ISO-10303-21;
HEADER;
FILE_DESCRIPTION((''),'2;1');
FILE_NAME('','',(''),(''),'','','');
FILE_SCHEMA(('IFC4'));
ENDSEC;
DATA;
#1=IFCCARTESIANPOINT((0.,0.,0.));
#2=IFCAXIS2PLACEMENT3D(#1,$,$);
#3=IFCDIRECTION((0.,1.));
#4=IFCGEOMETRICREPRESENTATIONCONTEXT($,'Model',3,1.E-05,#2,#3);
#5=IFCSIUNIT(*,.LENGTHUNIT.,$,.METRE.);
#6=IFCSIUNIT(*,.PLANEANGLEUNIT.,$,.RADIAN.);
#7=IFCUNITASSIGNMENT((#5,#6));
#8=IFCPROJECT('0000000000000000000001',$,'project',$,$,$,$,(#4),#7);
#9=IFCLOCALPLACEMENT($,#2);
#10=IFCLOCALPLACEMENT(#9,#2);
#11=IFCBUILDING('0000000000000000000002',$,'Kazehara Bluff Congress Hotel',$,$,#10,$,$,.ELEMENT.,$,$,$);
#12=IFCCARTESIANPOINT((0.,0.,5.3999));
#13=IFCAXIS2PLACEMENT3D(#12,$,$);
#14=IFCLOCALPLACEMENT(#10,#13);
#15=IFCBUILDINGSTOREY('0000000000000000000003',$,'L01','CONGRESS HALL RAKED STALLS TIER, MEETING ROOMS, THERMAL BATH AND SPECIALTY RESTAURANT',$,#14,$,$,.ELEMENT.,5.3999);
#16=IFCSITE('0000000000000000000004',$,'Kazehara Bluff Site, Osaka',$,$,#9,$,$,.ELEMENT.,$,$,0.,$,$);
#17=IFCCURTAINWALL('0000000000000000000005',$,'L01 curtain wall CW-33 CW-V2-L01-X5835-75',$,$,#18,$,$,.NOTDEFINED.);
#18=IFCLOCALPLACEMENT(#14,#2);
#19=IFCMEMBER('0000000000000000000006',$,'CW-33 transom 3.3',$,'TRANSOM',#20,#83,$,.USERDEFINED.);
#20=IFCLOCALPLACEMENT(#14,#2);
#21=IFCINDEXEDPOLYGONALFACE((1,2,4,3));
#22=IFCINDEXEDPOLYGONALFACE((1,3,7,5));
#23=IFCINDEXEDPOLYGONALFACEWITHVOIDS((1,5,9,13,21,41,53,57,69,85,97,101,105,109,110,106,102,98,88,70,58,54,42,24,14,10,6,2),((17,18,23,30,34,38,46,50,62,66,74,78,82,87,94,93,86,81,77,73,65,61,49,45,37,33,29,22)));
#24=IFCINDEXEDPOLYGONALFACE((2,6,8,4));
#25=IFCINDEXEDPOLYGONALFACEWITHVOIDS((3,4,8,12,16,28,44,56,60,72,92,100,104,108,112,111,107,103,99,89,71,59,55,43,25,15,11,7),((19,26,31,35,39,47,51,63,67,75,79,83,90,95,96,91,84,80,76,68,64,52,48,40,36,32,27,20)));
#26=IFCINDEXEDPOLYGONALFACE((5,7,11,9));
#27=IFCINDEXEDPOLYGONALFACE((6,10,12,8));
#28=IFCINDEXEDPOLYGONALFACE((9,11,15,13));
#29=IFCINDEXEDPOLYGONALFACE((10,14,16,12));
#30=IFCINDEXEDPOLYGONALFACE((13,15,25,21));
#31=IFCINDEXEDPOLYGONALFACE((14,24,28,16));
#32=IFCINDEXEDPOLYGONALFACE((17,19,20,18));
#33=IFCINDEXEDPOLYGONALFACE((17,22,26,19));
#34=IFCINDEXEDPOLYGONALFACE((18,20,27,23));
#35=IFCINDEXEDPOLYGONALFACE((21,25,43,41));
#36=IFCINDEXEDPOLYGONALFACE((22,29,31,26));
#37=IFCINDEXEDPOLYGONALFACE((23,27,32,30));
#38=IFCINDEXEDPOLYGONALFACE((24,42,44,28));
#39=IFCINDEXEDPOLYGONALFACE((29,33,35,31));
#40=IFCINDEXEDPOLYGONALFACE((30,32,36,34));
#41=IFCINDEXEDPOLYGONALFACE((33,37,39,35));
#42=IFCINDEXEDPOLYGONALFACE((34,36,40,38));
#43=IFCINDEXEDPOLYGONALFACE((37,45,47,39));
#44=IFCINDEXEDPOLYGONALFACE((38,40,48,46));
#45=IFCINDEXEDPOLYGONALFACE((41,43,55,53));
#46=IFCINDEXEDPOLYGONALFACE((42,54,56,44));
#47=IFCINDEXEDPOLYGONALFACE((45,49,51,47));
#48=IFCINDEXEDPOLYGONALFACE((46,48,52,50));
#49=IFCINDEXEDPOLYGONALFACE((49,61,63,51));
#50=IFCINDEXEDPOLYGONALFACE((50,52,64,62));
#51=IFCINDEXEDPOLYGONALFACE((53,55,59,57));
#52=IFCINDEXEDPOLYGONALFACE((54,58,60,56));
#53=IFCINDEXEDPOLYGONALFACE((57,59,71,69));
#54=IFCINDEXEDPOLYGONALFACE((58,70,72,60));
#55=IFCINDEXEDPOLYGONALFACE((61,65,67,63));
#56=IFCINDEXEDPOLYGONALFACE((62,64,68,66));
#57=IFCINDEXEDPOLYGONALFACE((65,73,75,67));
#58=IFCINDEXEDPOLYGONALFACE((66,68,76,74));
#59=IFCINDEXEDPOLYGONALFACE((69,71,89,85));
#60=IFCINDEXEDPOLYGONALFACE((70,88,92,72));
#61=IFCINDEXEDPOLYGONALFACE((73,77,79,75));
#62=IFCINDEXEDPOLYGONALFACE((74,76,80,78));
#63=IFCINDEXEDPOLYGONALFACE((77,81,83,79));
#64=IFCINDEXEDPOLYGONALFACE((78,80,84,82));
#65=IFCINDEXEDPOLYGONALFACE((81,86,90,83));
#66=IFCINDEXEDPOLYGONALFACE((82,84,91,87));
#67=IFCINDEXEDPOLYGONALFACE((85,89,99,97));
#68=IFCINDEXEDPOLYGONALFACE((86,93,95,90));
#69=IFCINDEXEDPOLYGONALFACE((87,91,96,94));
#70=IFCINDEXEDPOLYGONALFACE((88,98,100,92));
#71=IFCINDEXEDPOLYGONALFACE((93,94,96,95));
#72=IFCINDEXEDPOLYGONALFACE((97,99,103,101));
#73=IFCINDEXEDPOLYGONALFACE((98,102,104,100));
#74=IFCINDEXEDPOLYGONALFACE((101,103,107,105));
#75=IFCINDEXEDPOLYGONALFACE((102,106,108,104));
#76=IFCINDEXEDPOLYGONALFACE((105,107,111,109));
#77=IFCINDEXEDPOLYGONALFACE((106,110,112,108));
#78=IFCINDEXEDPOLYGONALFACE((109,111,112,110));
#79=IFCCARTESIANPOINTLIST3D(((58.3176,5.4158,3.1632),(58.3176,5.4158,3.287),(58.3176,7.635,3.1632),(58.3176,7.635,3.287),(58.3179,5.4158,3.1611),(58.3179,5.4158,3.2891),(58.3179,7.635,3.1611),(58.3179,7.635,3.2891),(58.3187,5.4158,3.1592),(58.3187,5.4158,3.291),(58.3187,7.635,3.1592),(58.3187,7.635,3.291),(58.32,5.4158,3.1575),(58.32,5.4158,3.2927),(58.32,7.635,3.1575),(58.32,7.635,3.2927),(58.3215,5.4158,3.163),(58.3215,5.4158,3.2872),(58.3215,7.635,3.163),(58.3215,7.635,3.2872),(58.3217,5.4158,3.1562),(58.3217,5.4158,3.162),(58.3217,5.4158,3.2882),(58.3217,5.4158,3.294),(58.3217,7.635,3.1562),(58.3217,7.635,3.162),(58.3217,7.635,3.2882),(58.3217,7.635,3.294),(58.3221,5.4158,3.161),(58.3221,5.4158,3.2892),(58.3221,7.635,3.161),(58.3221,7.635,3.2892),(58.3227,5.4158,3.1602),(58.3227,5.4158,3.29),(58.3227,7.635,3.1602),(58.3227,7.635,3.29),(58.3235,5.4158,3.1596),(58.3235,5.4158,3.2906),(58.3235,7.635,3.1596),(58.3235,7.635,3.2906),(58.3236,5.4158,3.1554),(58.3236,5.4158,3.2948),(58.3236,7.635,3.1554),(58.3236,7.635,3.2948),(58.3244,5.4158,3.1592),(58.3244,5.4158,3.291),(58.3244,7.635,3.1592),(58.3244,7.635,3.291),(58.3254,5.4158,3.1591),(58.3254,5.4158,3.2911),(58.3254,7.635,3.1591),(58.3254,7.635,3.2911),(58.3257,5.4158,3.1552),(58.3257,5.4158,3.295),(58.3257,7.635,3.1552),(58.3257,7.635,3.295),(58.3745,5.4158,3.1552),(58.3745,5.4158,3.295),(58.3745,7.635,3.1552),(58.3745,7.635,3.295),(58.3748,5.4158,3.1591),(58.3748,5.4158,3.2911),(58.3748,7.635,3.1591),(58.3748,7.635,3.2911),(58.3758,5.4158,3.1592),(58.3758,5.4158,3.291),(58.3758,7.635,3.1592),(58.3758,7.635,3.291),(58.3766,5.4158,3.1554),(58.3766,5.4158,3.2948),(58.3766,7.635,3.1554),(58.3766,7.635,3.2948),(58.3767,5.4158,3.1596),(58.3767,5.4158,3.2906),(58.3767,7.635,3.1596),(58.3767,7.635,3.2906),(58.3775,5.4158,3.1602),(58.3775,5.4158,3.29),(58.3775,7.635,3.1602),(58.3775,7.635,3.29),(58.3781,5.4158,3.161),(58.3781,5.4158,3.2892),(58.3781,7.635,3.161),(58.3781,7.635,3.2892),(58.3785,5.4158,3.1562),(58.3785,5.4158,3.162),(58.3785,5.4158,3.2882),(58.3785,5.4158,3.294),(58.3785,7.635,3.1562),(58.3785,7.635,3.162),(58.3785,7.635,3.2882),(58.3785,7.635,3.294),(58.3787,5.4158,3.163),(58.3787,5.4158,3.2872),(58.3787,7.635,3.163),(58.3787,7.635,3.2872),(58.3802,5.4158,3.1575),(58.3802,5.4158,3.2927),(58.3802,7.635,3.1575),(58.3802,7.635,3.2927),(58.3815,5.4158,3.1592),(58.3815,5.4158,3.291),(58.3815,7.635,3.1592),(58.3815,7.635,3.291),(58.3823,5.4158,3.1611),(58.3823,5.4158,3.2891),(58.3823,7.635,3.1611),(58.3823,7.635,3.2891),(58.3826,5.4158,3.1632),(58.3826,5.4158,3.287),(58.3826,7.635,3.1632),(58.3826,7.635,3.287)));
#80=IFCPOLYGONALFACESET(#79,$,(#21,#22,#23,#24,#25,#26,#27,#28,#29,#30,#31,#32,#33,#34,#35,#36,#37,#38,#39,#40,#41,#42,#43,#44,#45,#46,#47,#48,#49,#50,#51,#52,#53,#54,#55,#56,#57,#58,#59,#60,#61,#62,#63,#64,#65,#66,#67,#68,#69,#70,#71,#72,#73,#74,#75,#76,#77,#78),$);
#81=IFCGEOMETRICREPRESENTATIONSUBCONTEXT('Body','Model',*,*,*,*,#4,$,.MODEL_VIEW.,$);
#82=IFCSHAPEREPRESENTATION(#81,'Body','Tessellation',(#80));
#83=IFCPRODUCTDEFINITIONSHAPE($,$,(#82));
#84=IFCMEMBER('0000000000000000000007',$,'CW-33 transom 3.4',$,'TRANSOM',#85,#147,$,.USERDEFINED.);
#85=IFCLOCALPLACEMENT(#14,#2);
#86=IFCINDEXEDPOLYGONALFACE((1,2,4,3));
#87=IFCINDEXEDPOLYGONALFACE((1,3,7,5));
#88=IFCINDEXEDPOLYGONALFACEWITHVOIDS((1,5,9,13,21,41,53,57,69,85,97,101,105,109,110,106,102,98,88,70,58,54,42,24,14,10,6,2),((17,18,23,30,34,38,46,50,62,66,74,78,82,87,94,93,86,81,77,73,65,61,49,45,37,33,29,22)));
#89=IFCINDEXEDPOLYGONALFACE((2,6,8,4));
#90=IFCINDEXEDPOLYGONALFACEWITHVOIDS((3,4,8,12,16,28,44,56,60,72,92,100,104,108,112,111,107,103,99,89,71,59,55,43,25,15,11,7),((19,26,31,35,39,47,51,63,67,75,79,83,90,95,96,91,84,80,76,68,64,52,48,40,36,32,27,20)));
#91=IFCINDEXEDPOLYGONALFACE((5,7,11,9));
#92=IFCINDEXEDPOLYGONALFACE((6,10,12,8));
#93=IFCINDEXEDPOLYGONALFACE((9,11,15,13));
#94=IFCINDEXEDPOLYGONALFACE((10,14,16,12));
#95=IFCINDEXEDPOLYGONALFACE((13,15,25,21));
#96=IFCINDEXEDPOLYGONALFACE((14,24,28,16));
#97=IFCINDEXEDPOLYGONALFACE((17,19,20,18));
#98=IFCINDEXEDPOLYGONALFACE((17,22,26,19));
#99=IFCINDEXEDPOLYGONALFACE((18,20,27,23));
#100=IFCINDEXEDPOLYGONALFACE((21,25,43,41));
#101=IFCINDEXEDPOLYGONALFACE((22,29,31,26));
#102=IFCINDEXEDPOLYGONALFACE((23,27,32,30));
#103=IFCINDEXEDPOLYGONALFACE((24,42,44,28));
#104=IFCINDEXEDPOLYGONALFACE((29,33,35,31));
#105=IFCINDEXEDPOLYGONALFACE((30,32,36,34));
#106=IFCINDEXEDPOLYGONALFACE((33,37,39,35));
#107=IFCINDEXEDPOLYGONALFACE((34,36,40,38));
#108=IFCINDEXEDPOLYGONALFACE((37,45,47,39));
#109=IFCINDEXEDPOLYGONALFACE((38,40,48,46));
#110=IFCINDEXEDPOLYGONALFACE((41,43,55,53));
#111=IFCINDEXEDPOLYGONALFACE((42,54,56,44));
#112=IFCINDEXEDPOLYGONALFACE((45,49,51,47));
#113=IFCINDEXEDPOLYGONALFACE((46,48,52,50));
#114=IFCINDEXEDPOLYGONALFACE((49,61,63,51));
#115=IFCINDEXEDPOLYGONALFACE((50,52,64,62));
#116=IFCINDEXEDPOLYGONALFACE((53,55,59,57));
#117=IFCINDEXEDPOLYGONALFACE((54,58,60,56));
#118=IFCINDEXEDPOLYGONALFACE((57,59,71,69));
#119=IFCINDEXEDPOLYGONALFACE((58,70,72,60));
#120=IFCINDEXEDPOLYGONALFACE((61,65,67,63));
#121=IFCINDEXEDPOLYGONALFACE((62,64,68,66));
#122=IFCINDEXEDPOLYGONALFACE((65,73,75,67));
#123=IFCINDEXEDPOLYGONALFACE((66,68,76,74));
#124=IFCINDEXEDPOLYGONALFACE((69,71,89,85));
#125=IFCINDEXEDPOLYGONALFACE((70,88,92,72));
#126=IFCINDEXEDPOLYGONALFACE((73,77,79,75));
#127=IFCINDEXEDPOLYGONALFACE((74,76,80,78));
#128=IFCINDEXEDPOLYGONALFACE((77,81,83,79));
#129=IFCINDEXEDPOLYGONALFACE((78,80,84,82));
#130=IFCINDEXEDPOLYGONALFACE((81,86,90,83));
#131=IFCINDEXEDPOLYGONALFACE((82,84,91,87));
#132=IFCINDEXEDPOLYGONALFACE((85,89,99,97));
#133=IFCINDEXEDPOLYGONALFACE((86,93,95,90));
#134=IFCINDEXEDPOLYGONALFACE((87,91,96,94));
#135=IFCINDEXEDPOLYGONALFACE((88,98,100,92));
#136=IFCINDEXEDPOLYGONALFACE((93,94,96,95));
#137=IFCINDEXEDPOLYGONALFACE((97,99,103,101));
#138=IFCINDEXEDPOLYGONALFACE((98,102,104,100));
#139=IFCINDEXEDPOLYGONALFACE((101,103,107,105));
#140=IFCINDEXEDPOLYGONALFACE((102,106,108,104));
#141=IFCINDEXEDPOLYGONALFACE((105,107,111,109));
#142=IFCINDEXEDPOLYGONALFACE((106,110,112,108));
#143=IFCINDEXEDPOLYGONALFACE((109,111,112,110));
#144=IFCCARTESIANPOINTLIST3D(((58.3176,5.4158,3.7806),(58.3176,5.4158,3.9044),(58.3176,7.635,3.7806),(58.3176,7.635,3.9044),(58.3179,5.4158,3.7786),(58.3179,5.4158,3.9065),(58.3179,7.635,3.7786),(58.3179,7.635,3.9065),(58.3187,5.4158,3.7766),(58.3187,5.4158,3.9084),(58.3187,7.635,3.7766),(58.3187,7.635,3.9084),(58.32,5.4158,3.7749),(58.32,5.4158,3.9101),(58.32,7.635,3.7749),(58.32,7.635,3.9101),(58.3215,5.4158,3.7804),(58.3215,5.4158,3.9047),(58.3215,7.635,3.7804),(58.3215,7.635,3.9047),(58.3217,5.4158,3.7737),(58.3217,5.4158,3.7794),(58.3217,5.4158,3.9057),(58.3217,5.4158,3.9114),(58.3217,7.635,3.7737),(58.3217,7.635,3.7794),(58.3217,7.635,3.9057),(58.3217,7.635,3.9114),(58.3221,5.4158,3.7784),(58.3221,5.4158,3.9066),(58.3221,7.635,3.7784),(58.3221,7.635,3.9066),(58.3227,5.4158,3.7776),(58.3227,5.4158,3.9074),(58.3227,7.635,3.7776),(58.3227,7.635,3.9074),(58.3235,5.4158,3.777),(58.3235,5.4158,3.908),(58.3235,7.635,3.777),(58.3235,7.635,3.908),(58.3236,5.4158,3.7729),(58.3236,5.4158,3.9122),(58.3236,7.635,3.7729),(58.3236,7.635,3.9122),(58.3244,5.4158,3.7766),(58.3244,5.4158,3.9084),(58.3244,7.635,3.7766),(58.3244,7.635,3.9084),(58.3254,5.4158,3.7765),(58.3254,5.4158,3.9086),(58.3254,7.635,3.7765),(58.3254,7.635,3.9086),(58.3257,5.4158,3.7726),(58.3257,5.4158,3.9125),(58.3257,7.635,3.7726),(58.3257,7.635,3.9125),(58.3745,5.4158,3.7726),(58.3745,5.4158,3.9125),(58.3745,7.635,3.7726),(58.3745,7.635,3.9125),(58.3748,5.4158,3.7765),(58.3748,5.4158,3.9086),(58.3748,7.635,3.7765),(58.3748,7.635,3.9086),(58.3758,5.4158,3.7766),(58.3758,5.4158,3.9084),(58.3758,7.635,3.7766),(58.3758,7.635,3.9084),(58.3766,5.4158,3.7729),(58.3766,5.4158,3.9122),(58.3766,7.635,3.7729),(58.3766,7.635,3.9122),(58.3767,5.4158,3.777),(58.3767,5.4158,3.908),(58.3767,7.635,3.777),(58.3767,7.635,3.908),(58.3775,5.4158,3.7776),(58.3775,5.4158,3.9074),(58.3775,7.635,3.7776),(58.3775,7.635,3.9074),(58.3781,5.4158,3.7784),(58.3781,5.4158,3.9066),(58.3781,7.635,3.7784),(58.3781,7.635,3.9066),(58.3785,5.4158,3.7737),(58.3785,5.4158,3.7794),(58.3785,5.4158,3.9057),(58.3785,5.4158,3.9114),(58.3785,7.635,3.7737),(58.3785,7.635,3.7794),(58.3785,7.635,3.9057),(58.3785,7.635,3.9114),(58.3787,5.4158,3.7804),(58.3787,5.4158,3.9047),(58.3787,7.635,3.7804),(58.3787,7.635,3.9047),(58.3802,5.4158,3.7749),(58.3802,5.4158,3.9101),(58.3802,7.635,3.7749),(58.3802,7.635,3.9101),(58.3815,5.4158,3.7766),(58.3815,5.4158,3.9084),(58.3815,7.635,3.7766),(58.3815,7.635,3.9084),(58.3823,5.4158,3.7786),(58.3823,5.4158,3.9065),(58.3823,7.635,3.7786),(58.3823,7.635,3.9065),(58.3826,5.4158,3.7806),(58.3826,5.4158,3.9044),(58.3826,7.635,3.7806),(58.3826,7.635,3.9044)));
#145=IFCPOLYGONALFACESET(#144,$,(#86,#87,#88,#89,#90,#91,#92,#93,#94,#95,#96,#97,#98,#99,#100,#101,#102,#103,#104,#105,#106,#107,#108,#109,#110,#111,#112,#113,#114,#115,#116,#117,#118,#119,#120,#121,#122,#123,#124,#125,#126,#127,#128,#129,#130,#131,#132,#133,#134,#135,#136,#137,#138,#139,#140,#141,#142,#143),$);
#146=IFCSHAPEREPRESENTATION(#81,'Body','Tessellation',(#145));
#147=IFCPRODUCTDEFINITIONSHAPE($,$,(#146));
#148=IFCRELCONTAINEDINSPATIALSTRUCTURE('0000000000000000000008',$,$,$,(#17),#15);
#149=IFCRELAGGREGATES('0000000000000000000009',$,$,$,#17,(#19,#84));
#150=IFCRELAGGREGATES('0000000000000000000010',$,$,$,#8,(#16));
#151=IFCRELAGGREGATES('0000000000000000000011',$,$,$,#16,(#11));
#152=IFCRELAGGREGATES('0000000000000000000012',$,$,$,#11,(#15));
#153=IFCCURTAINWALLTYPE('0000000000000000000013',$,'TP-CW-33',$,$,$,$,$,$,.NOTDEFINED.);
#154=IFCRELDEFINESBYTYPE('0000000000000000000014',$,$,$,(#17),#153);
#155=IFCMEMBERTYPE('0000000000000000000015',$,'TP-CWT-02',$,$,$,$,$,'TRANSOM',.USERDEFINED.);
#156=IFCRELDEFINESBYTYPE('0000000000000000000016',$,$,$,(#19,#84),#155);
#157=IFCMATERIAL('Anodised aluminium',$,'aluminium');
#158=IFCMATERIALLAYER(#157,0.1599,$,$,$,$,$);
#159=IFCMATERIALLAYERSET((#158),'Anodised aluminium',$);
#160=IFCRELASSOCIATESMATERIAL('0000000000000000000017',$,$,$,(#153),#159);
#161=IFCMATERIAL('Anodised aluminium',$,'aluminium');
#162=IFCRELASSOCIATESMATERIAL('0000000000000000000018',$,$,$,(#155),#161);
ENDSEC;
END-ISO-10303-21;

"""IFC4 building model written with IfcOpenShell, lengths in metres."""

from ifc_helpers import new_model, si_unit, direction, frame, origin, origin_2d, place, context, subcontext, project, spatial, hollow_rectangle, extrude, material, layer, layer_set, material_profile, profile_set, type_object, element, aggregate, save


model = new_model("IFC4")

# Units and contexts
model_context = context("Model", 3, precision=1e-05, world=origin(), true_north=direction((0.0, 1.0)))
body_context = subcontext(model_context, "Body", "Model", "MODEL_VIEW")
ifc_project = project(units=[si_unit("LENGTHUNIT", "METRE"), si_unit("PLANEANGLEUNIT", "RADIAN")], contexts=[model_context])

# Site, building, storey
site_placement = place(None, origin())
site = spatial("IfcSite", under=ifc_project, at=site_placement, Name="Kazehara Bluff Site, Osaka", CompositionType="ELEMENT", RefElevation=0.0)
building_placement = place(site_placement, origin())
building = spatial("IfcBuilding", under=site, at=building_placement, Name="Kazehara Bluff Congress Hotel", CompositionType="ELEMENT")
storey_placement = place(building_placement, frame((0.0, 0.0, 5.3999)))
storey = spatial("IfcBuildingStorey", under=building, at=storey_placement, Name="L01", Description="CONGRESS HALL RAKED STALLS TIER, MEETING ROOMS, THERMAL BATH AND SPECIALTY RESTAURANT", CompositionType="ELEMENT", Elevation=5.3999)

# Curtain wall
ifc_material_1 = material(Name="Anodised aluminium", Category="aluminium")
ifc_layer_1 = layer(ifc_material_1, 0.1599)
ifc_layer_set_1 = layer_set([ifc_layer_1], Name="Anodised aluminium")
curtain_wall_type_1 = type_object("IfcCurtainWallType", Name="TP-CW-33", PredefinedType="NOTDEFINED", material=ifc_layer_set_1)
curtain_wall_1_placement = place(storey_placement, origin())
curtain_wall_1 = element("IfcCurtainWall", 1, at=curtain_wall_1_placement, inside=storey, type_object=curtain_wall_type_1, Name="L01 curtain wall CW-33 CW-V2-L01-X5835-75", PredefinedType="NOTDEFINED")

# Members
ifc_material_2 = material(Name="Anodised aluminium", Category="aluminium")
ifc_material_profile_1 = material_profile(ifc_material_2, hollow_rectangle(XDim=0.0649, YDim=0.1399, WallThickness=0.0039, InnerFilletRadius=0.0039, OuterFilletRadius=0.0081, at=origin_2d()))
ifc_profile_set_1 = profile_set([ifc_material_profile_1], Name="Anodised aluminium")
member_type_1 = type_object("IfcMemberType", Name="TP-CWT-02", ElementType="TRANSOM", PredefinedType="USERDEFINED", material=ifc_profile_set_1)
member_1_placement = place(storey_placement, frame((58.3501, 5.4158, 3.2251), z_axis=(0.0, 1.0, 0.0), x_axis=(-1.0, 0.0, 0.0)))
member_1 = element("IfcMember", 2, at=member_1_placement, type_object=member_type_1, Name="CW-33 transom 3.3", ObjectType="TRANSOM", PredefinedType="USERDEFINED", context=body_context, shape_type="SweptSolid", body=[
    extrude(hollow_rectangle(XDim=0.0649, YDim=0.1399, WallThickness=0.0039, InnerFilletRadius=0.0039, OuterFilletRadius=0.0081, at=origin_2d()), origin(), (0.0, 0.0, 1.0), 2.2192),
])
member_2_placement = place(storey_placement, frame((58.3501, 5.4158, 3.8425), z_axis=(0.0, 1.0, 0.0), x_axis=(-1.0, 0.0, 0.0)))
member_2 = element("IfcMember", 3, at=member_2_placement, type_object=member_type_1, Name="CW-33 transom 3.4", ObjectType="TRANSOM", PredefinedType="USERDEFINED", context=body_context, shape_type="SweptSolid", body=[
    extrude(hollow_rectangle(XDim=0.0649, YDim=0.1399, WallThickness=0.0039, InnerFilletRadius=0.0039, OuterFilletRadius=0.0081, at=origin_2d()), origin(), (0.0, 0.0, 1.0), 2.2192),
])

aggregate(curtain_wall_1, [member_1, member_2])

save(model, "model.ifc")
